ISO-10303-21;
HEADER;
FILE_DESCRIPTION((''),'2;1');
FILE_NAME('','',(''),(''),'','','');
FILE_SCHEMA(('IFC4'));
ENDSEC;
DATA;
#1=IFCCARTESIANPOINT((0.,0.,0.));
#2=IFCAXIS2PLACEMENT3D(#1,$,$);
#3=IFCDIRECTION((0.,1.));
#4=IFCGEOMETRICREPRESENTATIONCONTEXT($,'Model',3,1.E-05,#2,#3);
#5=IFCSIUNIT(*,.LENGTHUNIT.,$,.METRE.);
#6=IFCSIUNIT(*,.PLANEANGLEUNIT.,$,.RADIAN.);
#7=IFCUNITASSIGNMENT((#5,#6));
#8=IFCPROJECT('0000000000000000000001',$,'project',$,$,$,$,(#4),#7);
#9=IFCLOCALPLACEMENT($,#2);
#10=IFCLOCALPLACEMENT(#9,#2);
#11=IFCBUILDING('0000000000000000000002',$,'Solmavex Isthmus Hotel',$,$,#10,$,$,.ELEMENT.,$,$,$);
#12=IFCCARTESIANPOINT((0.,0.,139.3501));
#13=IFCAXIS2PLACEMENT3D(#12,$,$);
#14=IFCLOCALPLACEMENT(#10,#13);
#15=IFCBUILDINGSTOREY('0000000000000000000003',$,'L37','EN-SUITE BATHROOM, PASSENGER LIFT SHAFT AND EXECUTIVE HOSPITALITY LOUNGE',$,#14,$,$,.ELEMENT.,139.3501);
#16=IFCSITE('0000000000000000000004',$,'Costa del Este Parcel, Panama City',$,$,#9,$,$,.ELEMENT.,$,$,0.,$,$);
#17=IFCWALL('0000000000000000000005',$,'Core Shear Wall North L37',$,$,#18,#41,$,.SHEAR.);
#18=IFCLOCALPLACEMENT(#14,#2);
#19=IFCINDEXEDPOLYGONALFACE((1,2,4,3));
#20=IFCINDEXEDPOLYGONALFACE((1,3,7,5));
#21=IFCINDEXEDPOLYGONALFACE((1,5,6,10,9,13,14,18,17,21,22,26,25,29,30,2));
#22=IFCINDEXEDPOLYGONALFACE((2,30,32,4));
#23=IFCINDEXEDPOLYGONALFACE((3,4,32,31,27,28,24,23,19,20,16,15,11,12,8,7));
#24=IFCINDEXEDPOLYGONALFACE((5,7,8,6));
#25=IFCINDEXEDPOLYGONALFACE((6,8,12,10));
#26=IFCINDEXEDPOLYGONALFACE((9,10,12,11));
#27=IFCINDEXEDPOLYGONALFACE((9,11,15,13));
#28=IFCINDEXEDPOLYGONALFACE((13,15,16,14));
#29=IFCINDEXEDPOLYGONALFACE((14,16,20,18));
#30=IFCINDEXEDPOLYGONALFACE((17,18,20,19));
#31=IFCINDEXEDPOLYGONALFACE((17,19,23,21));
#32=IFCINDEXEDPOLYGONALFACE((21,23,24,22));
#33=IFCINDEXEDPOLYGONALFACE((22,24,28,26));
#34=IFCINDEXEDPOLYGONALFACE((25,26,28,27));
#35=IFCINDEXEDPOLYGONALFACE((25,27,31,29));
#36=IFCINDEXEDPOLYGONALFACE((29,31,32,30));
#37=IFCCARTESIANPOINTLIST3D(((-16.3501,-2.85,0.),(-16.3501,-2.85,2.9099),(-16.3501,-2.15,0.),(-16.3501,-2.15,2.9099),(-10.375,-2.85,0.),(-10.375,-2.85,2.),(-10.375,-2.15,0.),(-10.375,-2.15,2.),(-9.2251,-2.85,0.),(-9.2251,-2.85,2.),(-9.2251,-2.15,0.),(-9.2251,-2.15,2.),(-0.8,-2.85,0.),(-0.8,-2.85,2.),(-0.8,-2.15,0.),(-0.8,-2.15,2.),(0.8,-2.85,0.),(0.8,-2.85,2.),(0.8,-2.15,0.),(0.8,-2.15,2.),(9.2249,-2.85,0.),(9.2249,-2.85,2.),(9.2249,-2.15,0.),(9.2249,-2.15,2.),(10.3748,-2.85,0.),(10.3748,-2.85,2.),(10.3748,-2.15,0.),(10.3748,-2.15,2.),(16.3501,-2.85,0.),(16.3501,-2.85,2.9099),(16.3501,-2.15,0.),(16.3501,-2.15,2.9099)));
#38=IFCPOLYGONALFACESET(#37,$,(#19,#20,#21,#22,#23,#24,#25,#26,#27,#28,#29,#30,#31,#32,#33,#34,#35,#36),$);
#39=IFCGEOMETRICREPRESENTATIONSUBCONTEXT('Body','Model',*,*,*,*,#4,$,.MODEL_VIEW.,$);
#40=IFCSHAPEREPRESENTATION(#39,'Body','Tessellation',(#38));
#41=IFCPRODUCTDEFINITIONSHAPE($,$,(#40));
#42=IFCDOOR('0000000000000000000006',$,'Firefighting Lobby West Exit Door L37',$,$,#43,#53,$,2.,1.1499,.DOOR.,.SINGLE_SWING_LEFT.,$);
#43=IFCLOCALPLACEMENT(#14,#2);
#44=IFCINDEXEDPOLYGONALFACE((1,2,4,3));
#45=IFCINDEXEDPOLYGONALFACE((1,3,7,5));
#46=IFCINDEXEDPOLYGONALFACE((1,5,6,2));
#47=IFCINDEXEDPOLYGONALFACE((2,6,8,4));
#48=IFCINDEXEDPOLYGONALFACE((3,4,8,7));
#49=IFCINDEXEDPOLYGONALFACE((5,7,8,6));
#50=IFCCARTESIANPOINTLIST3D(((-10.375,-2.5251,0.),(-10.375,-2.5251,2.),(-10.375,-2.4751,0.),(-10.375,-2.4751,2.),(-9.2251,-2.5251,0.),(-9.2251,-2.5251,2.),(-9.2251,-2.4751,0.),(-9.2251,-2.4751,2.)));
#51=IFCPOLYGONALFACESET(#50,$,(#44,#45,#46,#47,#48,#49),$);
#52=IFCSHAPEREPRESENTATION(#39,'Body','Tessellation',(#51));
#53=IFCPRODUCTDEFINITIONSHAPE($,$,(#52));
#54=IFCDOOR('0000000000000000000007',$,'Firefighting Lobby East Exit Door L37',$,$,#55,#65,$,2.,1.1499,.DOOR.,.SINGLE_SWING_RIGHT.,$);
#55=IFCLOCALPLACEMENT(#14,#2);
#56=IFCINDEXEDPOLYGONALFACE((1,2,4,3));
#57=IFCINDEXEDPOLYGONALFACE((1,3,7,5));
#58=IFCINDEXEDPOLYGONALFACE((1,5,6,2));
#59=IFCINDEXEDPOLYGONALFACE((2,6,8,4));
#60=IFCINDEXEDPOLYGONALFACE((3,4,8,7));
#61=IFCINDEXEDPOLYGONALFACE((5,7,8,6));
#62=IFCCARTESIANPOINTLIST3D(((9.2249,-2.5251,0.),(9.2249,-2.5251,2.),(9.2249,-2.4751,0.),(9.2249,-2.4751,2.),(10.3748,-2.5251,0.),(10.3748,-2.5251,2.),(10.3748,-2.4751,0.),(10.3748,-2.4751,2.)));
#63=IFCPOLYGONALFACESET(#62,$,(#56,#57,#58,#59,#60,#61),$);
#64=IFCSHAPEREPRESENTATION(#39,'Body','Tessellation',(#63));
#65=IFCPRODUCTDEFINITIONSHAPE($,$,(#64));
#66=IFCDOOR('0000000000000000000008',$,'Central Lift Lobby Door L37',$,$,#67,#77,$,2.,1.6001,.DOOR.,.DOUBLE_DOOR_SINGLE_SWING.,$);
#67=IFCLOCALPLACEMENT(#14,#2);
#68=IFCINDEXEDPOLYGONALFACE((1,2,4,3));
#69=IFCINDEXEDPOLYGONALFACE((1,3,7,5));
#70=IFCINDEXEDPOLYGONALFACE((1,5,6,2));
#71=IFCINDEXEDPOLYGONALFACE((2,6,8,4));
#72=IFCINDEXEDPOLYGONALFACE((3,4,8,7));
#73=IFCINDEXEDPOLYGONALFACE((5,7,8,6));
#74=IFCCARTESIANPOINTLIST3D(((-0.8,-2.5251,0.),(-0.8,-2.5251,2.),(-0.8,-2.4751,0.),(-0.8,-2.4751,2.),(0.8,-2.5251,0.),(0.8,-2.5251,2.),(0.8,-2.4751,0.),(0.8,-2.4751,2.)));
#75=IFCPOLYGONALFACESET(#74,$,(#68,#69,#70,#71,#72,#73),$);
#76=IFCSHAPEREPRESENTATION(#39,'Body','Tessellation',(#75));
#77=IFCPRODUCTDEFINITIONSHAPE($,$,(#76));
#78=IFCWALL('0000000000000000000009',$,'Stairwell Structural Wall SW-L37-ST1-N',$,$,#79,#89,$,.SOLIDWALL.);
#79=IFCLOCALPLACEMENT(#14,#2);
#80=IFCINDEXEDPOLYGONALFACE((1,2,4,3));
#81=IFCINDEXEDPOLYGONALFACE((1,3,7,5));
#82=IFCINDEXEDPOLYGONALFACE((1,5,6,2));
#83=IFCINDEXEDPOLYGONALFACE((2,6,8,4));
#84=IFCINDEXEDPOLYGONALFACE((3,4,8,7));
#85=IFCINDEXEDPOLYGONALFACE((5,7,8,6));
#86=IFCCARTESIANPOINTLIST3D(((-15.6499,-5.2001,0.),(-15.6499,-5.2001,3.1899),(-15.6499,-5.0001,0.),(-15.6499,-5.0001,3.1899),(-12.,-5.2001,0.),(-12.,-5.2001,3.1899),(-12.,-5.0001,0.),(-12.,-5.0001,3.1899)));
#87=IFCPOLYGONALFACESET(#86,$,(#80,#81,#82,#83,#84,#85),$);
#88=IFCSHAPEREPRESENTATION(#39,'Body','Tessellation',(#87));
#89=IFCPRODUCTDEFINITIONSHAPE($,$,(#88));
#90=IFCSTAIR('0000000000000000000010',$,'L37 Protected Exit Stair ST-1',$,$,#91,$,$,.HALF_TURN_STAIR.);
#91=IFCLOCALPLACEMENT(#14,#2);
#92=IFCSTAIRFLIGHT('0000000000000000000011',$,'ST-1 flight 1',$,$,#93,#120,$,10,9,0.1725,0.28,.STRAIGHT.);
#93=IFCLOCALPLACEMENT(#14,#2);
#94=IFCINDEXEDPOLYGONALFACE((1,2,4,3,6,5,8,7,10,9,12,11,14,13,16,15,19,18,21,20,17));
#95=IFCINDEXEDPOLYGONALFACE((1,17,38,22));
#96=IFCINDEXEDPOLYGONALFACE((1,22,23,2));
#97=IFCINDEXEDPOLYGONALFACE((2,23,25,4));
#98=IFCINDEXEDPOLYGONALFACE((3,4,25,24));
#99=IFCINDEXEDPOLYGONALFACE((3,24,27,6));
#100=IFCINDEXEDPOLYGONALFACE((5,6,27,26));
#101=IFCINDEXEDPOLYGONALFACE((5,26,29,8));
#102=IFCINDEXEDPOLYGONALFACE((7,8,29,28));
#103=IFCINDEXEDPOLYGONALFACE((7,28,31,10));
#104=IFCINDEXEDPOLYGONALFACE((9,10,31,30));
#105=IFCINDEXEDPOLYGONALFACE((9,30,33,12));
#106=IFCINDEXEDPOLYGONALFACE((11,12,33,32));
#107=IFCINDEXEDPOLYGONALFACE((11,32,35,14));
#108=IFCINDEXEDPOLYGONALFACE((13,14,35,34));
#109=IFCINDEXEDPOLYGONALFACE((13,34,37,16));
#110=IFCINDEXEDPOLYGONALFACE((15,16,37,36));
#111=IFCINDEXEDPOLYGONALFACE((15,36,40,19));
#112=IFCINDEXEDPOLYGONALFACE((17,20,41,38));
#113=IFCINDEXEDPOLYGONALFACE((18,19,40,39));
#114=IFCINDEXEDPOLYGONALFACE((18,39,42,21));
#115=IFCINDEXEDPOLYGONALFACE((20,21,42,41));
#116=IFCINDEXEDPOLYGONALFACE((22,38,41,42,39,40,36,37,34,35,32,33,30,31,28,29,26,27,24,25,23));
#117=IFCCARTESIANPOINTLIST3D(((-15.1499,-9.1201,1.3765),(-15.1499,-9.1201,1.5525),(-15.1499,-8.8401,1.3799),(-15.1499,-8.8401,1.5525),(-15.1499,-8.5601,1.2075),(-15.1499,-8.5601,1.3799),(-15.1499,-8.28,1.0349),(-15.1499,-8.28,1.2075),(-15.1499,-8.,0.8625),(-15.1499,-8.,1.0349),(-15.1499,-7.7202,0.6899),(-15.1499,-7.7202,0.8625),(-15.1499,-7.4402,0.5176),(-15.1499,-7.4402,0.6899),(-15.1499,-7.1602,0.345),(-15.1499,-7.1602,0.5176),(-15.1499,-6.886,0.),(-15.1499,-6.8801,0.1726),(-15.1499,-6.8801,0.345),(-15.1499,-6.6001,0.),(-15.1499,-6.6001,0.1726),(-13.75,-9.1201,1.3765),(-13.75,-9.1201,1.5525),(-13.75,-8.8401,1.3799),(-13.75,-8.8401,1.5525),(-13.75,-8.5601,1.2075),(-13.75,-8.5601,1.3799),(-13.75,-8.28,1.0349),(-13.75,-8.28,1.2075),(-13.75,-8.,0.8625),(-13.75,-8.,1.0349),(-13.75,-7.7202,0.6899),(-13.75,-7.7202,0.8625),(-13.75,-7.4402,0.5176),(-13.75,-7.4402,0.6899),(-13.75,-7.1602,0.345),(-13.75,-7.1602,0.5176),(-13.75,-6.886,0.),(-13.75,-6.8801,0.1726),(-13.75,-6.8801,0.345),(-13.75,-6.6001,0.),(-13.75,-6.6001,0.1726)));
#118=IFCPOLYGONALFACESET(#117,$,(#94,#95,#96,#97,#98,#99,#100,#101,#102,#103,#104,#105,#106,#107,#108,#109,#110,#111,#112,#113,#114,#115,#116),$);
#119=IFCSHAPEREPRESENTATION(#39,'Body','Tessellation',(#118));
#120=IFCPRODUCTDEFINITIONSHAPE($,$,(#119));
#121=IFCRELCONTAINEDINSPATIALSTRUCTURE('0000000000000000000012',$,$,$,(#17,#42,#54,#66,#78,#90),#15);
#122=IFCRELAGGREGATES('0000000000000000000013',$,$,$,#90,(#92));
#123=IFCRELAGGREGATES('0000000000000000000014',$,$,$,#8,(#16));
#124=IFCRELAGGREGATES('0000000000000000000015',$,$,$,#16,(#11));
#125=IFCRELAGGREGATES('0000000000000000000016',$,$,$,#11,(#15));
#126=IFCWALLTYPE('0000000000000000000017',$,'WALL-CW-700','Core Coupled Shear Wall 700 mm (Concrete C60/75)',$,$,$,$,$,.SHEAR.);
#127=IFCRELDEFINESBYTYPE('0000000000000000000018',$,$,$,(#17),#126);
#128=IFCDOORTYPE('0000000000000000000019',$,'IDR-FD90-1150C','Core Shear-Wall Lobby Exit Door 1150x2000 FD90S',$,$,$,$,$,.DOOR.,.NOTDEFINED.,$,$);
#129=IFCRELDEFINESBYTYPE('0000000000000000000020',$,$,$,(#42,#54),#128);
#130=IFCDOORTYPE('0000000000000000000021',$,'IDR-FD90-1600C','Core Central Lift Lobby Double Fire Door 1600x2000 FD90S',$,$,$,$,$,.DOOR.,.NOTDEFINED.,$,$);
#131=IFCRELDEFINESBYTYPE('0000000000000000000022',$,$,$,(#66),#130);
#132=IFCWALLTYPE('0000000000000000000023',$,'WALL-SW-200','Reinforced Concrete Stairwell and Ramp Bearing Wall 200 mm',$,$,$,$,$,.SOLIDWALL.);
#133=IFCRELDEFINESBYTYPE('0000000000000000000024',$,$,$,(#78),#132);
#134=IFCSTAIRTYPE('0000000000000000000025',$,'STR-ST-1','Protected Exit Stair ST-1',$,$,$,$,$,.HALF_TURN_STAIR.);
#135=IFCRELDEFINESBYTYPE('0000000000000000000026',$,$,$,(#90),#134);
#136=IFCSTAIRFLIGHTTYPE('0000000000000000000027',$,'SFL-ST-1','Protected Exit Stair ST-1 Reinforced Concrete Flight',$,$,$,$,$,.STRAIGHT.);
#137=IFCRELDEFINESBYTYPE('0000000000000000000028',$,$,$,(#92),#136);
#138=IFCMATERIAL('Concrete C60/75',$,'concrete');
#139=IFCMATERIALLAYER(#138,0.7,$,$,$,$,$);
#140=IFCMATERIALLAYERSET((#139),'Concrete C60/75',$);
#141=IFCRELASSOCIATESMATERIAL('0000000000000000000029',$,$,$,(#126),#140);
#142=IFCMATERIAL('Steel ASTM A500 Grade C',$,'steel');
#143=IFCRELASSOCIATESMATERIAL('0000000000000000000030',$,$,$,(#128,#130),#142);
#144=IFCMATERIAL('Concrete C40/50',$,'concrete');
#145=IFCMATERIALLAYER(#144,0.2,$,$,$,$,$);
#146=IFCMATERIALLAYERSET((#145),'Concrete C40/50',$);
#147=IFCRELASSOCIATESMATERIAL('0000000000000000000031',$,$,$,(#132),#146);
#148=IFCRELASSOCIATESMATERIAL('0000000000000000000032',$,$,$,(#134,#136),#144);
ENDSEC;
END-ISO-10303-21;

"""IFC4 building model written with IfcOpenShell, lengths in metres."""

from ifc_helpers import new_model, si_unit, direction, frame, frame_2d, origin, place, context, subcontext, project, spatial, polyline, rectangle, outline, extrude, material, layer, layer_set, type_object, element, fill, aggregate, save


model = new_model("IFC4")

# Units and contexts
model_context = context("Model", 3, precision=1e-05, world=origin(), true_north=direction((0.0, 1.0)))
body_context = subcontext(model_context, "Body", "Model", "MODEL_VIEW")
ifc_project = project(units=[si_unit("LENGTHUNIT", "METRE"), si_unit("PLANEANGLEUNIT", "RADIAN")], contexts=[model_context])

# Site, building, storey
site_placement = place(None, origin())
site = spatial("IfcSite", under=ifc_project, at=site_placement, Name="Costa del Este Parcel, Panama City", CompositionType="ELEMENT", RefElevation=0.0)
building_placement = place(site_placement, origin())
building = spatial("IfcBuilding", under=site, at=building_placement, Name="Solmavex Isthmus Hotel", CompositionType="ELEMENT")
storey_placement = place(building_placement, frame((0.0, 0.0, 139.3501)))
storey = spatial("IfcBuildingStorey", under=building, at=storey_placement, Name="L37", Description="EN-SUITE BATHROOM, PASSENGER LIFT SHAFT AND EXECUTIVE HOSPITALITY LOUNGE", CompositionType="ELEMENT", Elevation=139.3501)

# Shared definitions
ifc_material_1 = material(Name="Concrete C60/75", Category="concrete")

# Wall, openings, doors
ifc_layer_1 = layer(ifc_material_1, 0.7)
ifc_layer_set_1 = layer_set([ifc_layer_1], Name="Concrete C60/75")
wall_type_1 = type_object("IfcWallType", Name="WALL-CW-700", Description="Core Coupled Shear Wall 700 mm (Concrete C60/75)", PredefinedType="SHEAR", material=ifc_layer_set_1)
wall_1_placement = place(storey_placement, frame((-16.3501, -2.5, 0.0), z_axis=(0.0, 0.0, 1.0), x_axis=(1.0, 0.0, 0.0)))
wall_1 = element("IfcWall", 1, at=wall_1_placement, inside=storey, type_object=wall_type_1, Name="Core Shear Wall North L37", PredefinedType="SHEAR", context=body_context, shape_type="SweptSolid", body=[
    extrude(rectangle(XDim=32.7002, YDim=0.7, at=frame_2d((16.3501, 0.0))), origin(), (0.0, 0.0, 1.0), 2.9099),
])
opening_1_placement = place(wall_1_placement, frame((5.9751, 0.0, 0.0)))
opening_1 = element("IfcOpeningElement", 2, at=opening_1_placement, cuts=wall_1, PredefinedType="OPENING", context=body_context, shape_type="SweptSolid", body=[
    extrude(rectangle(XDim=1.1499, YDim=2.0, at=frame_2d((0.575, 1.0))), frame((0.0, 0.3599, 0.0), z_axis=(0.0, -1.0, 0.0), x_axis=(1.0, 0.0, 0.0)), (0.0, 0.0, 1.0), 0.72),
])
opening_2_placement = place(wall_1_placement, frame((15.55, 0.0, 0.0)))
opening_2 = element("IfcOpeningElement", 3, at=opening_2_placement, cuts=wall_1, PredefinedType="OPENING", context=body_context, shape_type="SweptSolid", body=[
    extrude(rectangle(XDim=1.6001, YDim=2.0, at=frame_2d((0.8, 1.0))), frame((0.0, 0.3599, 0.0), z_axis=(0.0, -1.0, 0.0), x_axis=(1.0, 0.0, 0.0)), (0.0, 0.0, 1.0), 0.72),
])
opening_3_placement = place(wall_1_placement, frame((25.575, 0.0, 0.0)))
opening_3 = element("IfcOpeningElement", 4, at=opening_3_placement, cuts=wall_1, PredefinedType="OPENING", context=body_context, shape_type="SweptSolid", body=[
    extrude(rectangle(XDim=1.1499, YDim=2.0, at=frame_2d((0.575, 1.0))), frame((0.0, 0.3599, 0.0), z_axis=(0.0, -1.0, 0.0), x_axis=(1.0, 0.0, 0.0)), (0.0, 0.0, 1.0), 0.72),
])
ifc_material_2 = material(Name="Steel ASTM A500 Grade C", Category="steel")
door_type_1 = type_object("IfcDoorType", Name="IDR-FD90-1150C", Description="Core Shear-Wall Lobby Exit Door 1150x2000 FD90S", OperationType="NOTDEFINED", PredefinedType="DOOR", material=ifc_material_2)
door_1_placement = place(opening_1_placement, origin())
door_1 = element("IfcDoor", 5, at=door_1_placement, inside=storey, type_object=door_type_1, Name="Firefighting Lobby West Exit Door L37", OperationType="SINGLE_SWING_LEFT", OverallHeight=2.0, OverallWidth=1.1499, PredefinedType="DOOR", context=body_context, shape_type="SweptSolid", body=[
    extrude(rectangle(XDim=1.1499, YDim=2.0, at=frame_2d((0.575, 1.0))), frame((0.0, 0.0249, 0.0), z_axis=(0.0, -1.0, 0.0), x_axis=(1.0, 0.0, 0.0)), (0.0, 0.0, 1.0), 0.05),
])
fill(opening_1, door_1)
door_2_placement = place(opening_3_placement, origin())
door_2 = element("IfcDoor", 6, at=door_2_placement, inside=storey, type_object=door_type_1, Name="Firefighting Lobby East Exit Door L37", OperationType="SINGLE_SWING_RIGHT", OverallHeight=2.0, OverallWidth=1.1499, PredefinedType="DOOR", context=body_context, shape_type="SweptSolid", body=[
    extrude(rectangle(XDim=1.1499, YDim=2.0, at=frame_2d((0.575, 1.0))), frame((0.0, 0.0249, 0.0), z_axis=(0.0, -1.0, 0.0), x_axis=(1.0, 0.0, 0.0)), (0.0, 0.0, 1.0), 0.05),
])
fill(opening_3, door_2)
door_type_2 = type_object("IfcDoorType", Name="IDR-FD90-1600C", Description="Core Central Lift Lobby Double Fire Door 1600x2000 FD90S", OperationType="NOTDEFINED", PredefinedType="DOOR", material=ifc_material_2)
door_3_placement = place(opening_2_placement, origin())
door_3 = element("IfcDoor", 7, at=door_3_placement, inside=storey, type_object=door_type_2, Name="Central Lift Lobby Door L37", OperationType="DOUBLE_DOOR_SINGLE_SWING", OverallHeight=2.0, OverallWidth=1.6001, PredefinedType="DOOR", context=body_context, shape_type="SweptSolid", body=[
    extrude(rectangle(XDim=1.6001, YDim=2.0, at=frame_2d((0.8, 1.0))), frame((0.0, 0.0249, 0.0), z_axis=(0.0, -1.0, 0.0), x_axis=(1.0, 0.0, 0.0)), (0.0, 0.0, 1.0), 0.05),
])
fill(opening_2, door_3)

# Wall
ifc_material_3 = material(Name="Concrete C40/50", Category="concrete")
ifc_layer_2 = layer(ifc_material_3, 0.2)
ifc_layer_set_2 = layer_set([ifc_layer_2], Name="Concrete C40/50")
wall_type_2 = type_object("IfcWallType", Name="WALL-SW-200", Description="Reinforced Concrete Stairwell and Ramp Bearing Wall 200 mm", PredefinedType="SOLIDWALL", material=ifc_layer_set_2)
wall_2_placement = place(storey_placement, frame((-15.6499, -5.1001, 0.0), z_axis=(0.0, 0.0, 1.0), x_axis=(1.0, 0.0, 0.0)))
element("IfcWall", 8, at=wall_2_placement, inside=storey, type_object=wall_type_2, Name="Stairwell Structural Wall SW-L37-ST1-N", PredefinedType="SOLIDWALL", context=body_context, shape_type="SweptSolid", body=[
    extrude(rectangle(XDim=3.6499, YDim=0.2, at=frame_2d((1.825, 0.0))), origin(), (0.0, 0.0, 1.0), 3.1899),
])

# Stair, stair flight
stair_type = type_object("IfcStairType", Name="STR-ST-1", Description="Protected Exit Stair ST-1", PredefinedType="HALF_TURN_STAIR", material=ifc_material_3)
stair_placement = place(storey_placement, origin())
stair = element("IfcStair", 9, at=stair_placement, inside=storey, type_object=stair_type, Name="L37 Protected Exit Stair ST-1", PredefinedType="HALF_TURN_STAIR")
stair_flight_type = type_object("IfcStairFlightType", Name="SFL-ST-1", Description="Protected Exit Stair ST-1 Reinforced Concrete Flight", PredefinedType="STRAIGHT", material=ifc_material_3)
stair_flight_placement = place(storey_placement, frame((-14.45, -6.6001, 0.0), z_axis=(0.0, 0.0, 1.0), x_axis=(0.0, -1.0, 0.0)))
stair_flight = element("IfcStairFlight", 10, at=stair_flight_placement, type_object=stair_flight_type, Name="ST-1 flight 1", NumberOfRisers=10, NumberOfTreads=9, PredefinedType="STRAIGHT", RiserHeight=0.1725, TreadLength=0.28, context=body_context, shape_type="SweptSolid", body=[
    extrude(outline(polyline([(0.0, 0.0), (0.0, 0.1726), (0.28, 0.1726), (0.28, 0.345), (0.5601, 0.345), (0.5601, 0.5176), (0.8401, 0.5176), (0.8401, 0.6899), (1.1201, 0.6899), (1.1201, 0.8625), (1.3999, 0.8625), (1.3999, 1.0349), (1.6799, 1.0349), (1.6799, 1.2075), (1.96, 1.2075), (1.96, 1.3799), (2.24, 1.3799), (2.24, 1.5525), (2.52, 1.5525), (2.52, 1.7251), (2.52, 1.3765), (0.2859, 0.0), (0.0, 0.0)])), frame((0.0, 0.7, 0.0), z_axis=(0.0, -1.0, 0.0), x_axis=(1.0, 0.0, 0.0)), (0.0, 0.0, 1.0), 1.3999),
])
aggregate(stair, [stair_flight])

save(model, "model.ifc")
